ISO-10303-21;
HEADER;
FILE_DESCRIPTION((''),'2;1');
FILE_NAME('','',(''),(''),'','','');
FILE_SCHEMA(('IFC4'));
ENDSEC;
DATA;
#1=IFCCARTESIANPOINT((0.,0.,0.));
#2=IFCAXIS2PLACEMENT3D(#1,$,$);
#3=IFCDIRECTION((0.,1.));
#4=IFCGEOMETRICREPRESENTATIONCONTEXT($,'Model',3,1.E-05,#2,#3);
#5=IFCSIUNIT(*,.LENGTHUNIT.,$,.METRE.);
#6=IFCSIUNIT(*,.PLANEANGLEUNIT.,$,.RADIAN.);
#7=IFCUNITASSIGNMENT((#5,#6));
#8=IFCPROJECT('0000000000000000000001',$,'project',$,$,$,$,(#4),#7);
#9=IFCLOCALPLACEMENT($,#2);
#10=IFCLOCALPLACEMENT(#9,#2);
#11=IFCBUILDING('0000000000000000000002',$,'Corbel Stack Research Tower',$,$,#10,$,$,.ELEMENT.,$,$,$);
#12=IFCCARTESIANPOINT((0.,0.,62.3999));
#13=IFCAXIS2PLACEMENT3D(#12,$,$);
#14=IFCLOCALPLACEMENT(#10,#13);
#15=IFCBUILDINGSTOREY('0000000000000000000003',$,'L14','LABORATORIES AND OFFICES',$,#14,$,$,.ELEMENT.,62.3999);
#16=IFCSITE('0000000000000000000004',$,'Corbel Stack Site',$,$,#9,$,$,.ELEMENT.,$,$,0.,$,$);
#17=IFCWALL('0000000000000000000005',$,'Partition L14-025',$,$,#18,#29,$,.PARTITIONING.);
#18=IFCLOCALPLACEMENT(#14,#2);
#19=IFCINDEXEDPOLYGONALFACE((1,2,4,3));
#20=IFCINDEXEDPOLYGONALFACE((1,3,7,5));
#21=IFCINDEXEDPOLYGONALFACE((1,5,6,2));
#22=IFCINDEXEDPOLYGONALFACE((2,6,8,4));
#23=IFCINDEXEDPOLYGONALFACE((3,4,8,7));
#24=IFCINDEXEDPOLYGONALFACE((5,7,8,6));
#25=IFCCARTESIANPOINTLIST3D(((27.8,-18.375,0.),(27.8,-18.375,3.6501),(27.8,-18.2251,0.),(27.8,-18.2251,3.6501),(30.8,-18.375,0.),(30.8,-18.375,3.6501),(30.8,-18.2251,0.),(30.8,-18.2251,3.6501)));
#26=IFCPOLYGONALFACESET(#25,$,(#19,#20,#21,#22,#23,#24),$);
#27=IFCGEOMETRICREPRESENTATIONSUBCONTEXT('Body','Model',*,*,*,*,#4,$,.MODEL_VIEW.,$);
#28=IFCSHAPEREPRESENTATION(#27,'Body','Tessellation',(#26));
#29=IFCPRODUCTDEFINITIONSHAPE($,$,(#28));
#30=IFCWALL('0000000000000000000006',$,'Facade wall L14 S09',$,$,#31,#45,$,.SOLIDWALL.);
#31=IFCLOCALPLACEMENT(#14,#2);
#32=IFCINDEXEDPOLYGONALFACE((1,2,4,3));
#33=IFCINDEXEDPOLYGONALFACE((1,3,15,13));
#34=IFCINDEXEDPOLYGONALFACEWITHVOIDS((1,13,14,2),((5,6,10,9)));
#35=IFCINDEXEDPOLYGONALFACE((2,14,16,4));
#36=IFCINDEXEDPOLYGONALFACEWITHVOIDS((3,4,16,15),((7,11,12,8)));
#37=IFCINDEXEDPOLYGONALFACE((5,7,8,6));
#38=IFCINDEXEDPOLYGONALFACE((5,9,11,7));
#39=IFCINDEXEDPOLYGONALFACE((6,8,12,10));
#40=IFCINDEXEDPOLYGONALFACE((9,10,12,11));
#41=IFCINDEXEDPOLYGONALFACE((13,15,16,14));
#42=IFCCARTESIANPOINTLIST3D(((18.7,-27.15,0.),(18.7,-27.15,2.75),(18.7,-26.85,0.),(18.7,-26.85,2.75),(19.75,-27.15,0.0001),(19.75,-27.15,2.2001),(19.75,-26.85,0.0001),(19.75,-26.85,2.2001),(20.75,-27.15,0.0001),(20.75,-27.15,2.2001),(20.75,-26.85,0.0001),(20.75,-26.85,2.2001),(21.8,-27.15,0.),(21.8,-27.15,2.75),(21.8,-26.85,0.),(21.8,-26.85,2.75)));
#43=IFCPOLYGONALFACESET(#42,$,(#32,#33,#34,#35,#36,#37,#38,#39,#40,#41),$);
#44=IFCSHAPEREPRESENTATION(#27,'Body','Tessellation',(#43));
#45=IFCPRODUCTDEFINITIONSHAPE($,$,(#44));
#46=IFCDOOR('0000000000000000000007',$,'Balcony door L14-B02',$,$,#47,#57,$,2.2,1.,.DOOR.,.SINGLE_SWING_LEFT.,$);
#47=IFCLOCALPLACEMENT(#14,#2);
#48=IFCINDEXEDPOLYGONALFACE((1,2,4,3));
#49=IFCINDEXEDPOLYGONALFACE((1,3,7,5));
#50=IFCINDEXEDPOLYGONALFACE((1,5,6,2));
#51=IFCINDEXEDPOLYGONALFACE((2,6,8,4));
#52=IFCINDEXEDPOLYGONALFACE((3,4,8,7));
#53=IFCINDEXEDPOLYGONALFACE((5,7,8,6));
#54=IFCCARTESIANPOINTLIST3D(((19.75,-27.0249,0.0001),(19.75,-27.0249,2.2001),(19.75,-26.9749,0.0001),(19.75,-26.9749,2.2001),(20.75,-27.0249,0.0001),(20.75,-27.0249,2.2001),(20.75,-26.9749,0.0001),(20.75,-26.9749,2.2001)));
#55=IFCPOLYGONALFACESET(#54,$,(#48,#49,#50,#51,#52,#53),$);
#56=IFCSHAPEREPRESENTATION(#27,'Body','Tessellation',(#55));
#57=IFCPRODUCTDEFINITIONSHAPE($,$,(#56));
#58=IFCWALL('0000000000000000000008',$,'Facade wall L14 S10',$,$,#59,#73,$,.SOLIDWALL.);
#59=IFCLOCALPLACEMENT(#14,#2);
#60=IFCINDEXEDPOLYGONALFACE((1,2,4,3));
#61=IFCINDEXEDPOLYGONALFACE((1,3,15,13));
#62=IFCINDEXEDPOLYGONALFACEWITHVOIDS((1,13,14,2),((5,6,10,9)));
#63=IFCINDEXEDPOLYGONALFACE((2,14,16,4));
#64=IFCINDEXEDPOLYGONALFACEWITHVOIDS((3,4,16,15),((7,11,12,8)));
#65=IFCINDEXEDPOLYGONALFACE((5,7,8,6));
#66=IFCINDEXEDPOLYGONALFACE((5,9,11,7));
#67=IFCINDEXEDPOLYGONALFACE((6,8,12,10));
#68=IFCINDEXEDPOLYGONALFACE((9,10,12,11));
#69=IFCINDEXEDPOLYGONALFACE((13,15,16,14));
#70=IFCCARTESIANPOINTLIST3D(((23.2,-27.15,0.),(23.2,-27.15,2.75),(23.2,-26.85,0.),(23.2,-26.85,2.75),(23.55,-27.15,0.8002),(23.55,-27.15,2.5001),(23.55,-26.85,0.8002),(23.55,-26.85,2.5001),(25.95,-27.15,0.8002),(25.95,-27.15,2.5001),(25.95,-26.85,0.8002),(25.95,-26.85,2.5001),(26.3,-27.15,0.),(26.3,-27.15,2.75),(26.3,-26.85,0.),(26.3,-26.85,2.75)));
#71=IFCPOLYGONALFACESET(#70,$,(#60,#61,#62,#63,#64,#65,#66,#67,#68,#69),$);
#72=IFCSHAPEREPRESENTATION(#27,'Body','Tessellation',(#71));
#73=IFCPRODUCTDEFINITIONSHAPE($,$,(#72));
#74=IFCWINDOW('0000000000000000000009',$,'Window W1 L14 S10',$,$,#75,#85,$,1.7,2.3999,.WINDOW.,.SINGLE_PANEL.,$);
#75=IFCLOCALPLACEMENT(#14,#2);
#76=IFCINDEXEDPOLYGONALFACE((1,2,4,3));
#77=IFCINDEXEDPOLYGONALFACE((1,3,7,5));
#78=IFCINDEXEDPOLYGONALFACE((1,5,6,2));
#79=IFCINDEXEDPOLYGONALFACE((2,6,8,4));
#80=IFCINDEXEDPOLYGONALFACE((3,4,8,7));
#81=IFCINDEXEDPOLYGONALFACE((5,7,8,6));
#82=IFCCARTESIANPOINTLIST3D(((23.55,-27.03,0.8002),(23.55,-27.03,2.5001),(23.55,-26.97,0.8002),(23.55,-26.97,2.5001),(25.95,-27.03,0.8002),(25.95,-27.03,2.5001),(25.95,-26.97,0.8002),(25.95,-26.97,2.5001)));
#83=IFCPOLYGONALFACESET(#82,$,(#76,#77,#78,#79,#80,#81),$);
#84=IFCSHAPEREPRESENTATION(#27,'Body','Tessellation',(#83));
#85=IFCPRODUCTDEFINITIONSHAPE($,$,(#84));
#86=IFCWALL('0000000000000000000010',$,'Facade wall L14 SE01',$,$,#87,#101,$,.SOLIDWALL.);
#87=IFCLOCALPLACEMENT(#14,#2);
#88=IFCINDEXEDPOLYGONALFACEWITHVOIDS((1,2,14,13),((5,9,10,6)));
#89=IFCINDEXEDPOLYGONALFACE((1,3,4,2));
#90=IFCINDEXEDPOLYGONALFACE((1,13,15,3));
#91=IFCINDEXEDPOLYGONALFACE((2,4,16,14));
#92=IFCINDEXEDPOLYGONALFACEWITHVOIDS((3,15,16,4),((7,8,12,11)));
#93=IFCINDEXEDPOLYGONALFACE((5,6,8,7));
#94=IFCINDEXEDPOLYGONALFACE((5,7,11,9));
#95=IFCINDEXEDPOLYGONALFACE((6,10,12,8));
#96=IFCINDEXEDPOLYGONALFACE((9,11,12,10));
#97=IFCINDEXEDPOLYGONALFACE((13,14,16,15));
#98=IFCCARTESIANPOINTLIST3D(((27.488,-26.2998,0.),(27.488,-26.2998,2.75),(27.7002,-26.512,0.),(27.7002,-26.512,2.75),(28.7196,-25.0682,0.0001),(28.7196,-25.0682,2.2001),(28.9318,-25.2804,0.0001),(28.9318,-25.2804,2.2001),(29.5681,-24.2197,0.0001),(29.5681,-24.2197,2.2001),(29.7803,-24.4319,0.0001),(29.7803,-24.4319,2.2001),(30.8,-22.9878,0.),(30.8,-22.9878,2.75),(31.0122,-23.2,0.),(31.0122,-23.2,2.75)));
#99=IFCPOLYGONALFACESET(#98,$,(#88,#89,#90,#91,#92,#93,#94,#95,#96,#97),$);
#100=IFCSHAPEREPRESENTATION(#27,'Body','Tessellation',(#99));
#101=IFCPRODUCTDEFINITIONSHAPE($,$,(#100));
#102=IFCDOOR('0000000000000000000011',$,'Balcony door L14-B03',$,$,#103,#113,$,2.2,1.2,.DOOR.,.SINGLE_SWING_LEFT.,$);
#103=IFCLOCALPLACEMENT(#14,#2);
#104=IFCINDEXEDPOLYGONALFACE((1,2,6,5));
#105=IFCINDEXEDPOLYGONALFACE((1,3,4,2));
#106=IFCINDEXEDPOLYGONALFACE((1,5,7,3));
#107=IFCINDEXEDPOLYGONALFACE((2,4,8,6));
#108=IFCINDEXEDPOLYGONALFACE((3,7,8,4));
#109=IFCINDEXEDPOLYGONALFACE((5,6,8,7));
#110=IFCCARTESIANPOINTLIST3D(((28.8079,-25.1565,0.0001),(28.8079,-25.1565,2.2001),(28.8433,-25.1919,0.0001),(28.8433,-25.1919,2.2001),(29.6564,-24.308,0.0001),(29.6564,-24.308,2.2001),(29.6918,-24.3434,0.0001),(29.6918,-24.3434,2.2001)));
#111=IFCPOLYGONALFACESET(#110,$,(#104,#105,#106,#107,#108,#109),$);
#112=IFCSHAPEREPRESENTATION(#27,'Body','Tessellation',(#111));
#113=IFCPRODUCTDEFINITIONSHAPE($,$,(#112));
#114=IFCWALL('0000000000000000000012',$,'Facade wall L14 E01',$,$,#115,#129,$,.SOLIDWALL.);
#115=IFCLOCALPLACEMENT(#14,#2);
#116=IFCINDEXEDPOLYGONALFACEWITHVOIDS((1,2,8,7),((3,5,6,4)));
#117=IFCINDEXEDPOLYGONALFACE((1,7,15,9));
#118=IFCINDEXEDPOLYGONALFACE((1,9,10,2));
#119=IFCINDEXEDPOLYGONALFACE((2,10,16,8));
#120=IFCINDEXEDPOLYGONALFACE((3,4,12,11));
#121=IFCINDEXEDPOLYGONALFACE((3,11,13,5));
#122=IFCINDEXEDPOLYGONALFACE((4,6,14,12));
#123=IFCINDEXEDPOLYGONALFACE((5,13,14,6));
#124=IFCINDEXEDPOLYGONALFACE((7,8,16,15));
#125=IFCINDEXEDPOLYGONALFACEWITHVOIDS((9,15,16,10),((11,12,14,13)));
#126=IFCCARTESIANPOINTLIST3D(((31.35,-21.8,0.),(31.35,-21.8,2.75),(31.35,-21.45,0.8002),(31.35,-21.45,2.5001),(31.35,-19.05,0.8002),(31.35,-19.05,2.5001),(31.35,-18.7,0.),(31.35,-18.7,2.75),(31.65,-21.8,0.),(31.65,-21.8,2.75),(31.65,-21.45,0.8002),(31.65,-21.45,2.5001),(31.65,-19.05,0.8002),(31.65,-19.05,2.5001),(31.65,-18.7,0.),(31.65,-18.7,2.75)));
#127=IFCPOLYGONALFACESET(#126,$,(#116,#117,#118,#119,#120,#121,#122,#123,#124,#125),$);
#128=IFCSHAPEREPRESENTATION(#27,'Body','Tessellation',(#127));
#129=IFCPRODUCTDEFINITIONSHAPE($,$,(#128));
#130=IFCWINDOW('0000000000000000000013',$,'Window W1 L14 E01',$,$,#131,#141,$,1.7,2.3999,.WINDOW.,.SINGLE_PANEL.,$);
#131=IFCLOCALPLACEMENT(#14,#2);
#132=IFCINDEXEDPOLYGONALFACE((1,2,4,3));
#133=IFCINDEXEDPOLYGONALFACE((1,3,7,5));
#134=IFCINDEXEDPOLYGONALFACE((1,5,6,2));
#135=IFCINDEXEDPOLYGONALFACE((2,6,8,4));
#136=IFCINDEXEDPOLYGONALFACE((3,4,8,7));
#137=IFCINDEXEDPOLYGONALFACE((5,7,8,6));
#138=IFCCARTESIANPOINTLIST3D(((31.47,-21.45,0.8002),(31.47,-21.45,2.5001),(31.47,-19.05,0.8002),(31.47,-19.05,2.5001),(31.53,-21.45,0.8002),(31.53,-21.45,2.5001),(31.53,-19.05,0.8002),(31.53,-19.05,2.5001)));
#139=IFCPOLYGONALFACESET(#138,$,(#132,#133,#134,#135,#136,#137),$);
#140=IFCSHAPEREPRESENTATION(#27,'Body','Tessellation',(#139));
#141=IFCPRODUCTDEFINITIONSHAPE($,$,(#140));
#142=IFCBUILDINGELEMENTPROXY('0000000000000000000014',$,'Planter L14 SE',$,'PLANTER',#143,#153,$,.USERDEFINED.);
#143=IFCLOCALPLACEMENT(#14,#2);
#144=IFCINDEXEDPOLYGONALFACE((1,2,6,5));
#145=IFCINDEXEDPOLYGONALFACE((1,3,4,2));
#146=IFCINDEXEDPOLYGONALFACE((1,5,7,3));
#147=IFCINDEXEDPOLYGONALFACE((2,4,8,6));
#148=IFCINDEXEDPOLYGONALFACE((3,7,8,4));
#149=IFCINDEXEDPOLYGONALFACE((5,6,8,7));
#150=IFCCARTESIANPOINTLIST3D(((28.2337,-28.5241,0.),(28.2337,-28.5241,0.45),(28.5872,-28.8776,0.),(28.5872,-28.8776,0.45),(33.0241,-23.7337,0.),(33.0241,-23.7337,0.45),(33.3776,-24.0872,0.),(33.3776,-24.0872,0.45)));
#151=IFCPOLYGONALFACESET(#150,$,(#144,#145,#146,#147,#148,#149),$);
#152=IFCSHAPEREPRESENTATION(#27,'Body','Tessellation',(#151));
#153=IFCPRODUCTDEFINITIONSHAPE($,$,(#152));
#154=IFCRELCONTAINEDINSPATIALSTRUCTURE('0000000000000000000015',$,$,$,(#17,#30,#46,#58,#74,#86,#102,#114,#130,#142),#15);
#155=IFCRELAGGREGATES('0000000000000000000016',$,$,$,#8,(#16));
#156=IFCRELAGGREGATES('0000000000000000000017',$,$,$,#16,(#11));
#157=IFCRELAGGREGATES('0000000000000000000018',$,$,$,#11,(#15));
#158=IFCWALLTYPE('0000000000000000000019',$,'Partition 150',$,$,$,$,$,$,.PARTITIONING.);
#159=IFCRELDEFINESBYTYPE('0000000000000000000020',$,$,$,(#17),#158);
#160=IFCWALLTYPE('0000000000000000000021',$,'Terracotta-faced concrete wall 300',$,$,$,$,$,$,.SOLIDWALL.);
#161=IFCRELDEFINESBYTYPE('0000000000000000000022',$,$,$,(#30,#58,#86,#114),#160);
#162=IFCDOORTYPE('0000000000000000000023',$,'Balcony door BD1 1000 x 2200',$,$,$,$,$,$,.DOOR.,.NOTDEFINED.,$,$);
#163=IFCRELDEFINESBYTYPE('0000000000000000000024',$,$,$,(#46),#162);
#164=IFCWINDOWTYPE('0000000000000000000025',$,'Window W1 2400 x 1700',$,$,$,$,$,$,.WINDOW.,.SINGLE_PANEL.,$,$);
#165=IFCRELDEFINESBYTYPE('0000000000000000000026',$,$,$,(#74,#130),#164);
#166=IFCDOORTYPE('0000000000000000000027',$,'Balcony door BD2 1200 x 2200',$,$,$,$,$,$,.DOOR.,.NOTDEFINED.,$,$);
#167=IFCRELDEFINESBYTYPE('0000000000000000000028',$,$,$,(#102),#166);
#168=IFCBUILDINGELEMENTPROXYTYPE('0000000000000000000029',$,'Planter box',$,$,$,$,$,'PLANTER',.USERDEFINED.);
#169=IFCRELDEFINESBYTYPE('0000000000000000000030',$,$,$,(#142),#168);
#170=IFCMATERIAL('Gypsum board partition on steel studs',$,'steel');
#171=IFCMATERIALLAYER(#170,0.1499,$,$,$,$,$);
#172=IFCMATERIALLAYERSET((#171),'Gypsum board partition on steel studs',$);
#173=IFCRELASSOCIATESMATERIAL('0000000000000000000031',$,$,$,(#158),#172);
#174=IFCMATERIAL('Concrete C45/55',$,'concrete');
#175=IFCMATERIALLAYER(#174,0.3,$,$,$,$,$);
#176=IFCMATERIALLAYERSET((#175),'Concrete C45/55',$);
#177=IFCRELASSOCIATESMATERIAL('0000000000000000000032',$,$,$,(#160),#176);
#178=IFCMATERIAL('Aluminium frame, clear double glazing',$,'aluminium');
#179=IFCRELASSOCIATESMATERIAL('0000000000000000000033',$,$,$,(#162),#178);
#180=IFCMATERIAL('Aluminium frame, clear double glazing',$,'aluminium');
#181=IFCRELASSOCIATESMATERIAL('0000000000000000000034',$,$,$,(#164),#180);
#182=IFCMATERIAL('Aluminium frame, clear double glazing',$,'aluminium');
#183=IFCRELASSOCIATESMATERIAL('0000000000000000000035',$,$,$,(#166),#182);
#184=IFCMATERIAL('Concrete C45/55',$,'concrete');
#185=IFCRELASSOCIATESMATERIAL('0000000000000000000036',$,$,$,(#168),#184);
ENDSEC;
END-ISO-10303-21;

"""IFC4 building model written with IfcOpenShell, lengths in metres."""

from ifc_helpers import new_model, si_unit, direction, frame, frame_2d, origin, origin_2d, place, context, subcontext, project, spatial, rectangle, extrude, material, layer, layer_set, type_object, element, fill, save


model = new_model("IFC4")

# Units and contexts
model_context = context("Model", 3, precision=1e-05, world=origin(), true_north=direction((0.0, 1.0)))
body_context = subcontext(model_context, "Body", "Model", "MODEL_VIEW")
ifc_project = project(units=[si_unit("LENGTHUNIT", "METRE"), si_unit("PLANEANGLEUNIT", "RADIAN")], contexts=[model_context])

# Site, building, storey
site_placement = place(None, origin())
site = spatial("IfcSite", under=ifc_project, at=site_placement, Name="Corbel Stack Site", CompositionType="ELEMENT", RefElevation=0.0)
building_placement = place(site_placement, origin())
building = spatial("IfcBuilding", under=site, at=building_placement, Name="Corbel Stack Research Tower", CompositionType="ELEMENT")
storey_placement = place(building_placement, frame((0.0, 0.0, 62.3999)))
storey = spatial("IfcBuildingStorey", under=building, at=storey_placement, Name="L14", Description="LABORATORIES AND OFFICES", CompositionType="ELEMENT", Elevation=62.3999)

# Shared definitions
ifc_material_1 = material(Name="Gypsum board partition on steel studs", Category="steel")
ifc_layer_1 = layer(ifc_material_1, 0.1499)
ifc_layer_set_1 = layer_set([ifc_layer_1], Name="Gypsum board partition on steel studs")
wall_type_1 = type_object("IfcWallType", Name="Partition 150", PredefinedType="PARTITIONING", material=ifc_layer_set_1)

# Wall
wall_1_placement = place(storey_placement, frame((27.8, -18.3, 0.0), z_axis=(0.0, 0.0, 1.0), x_axis=(1.0, 0.0, 0.0)))
element("IfcWall", 1, at=wall_1_placement, inside=storey, type_object=wall_type_1, Name="Partition L14-025", PredefinedType="PARTITIONING", context=body_context, shape_type="SweptSolid", body=[
    extrude(rectangle(XDim=3.0, YDim=0.1499, at=frame_2d((1.5, 0.0))), origin(), (0.0, 0.0, 1.0), 3.6501),
])

# Wall, opening, door
ifc_material_2 = material(Name="Concrete C45/55", Category="concrete")
ifc_layer_2 = layer(ifc_material_2, 0.3)
ifc_layer_set_2 = layer_set([ifc_layer_2], Name="Concrete C45/55")
wall_type_2 = type_object("IfcWallType", Name="Terracotta-faced concrete wall 300", PredefinedType="SOLIDWALL", material=ifc_layer_set_2)
wall_2_placement = place(storey_placement, frame((21.8, -27.0, 0.0), z_axis=(0.0, 0.0, 1.0), x_axis=(-1.0, 0.0, 0.0)))
wall_2 = element("IfcWall", 2, at=wall_2_placement, inside=storey, type_object=wall_type_2, Name="Facade wall L14 S09", PredefinedType="SOLIDWALL", context=body_context, shape_type="SweptSolid", body=[
    extrude(rectangle(XDim=3.1001, YDim=0.3, at=frame_2d((1.55, 0.0))), origin(), (0.0, 0.0, 1.0), 2.75),
])
opening_1_placement = place(wall_2_placement, frame((1.05, 0.0, 0.0)))
opening_1 = element("IfcOpeningElement", 3, at=opening_1_placement, cuts=wall_2, PredefinedType="OPENING", context=body_context, shape_type="SweptSolid", body=[
    extrude(rectangle(XDim=1.0, YDim=2.2, at=frame_2d((0.5, 1.1001))), frame((0.0, 0.1599, 0.0), z_axis=(0.0, -1.0, 0.0), x_axis=(1.0, 0.0, 0.0)), (0.0, 0.0, 1.0), 0.3201),
])
ifc_material_3 = material(Name="Aluminium frame, clear double glazing", Category="aluminium")
door_type_1 = type_object("IfcDoorType", Name="Balcony door BD1 1000 x 2200", OperationType="NOTDEFINED", PredefinedType="DOOR", material=ifc_material_3)
door_1_placement = place(opening_1_placement, origin())
door_1 = element("IfcDoor", 4, at=door_1_placement, inside=storey, type_object=door_type_1, Name="Balcony door L14-B02", OperationType="SINGLE_SWING_LEFT", OverallHeight=2.2, OverallWidth=1.0, PredefinedType="DOOR", context=body_context, shape_type="SweptSolid", body=[
    extrude(rectangle(XDim=1.0, YDim=2.2, at=frame_2d((0.5, 1.1001))), frame((0.0, 0.0249, 0.0), z_axis=(0.0, -1.0, 0.0), x_axis=(1.0, 0.0, 0.0)), (0.0, 0.0, 1.0), 0.05),
])
fill(opening_1, door_1)

# Wall, opening, window
wall_3_placement = place(storey_placement, frame((26.3, -27.0, 0.0), z_axis=(0.0, 0.0, 1.0), x_axis=(-1.0, 0.0, 0.0)))
wall_3 = element("IfcWall", 5, at=wall_3_placement, inside=storey, type_object=wall_type_2, Name="Facade wall L14 S10", PredefinedType="SOLIDWALL", context=body_context, shape_type="SweptSolid", body=[
    extrude(rectangle(XDim=3.1001, YDim=0.3, at=frame_2d((1.55, 0.0))), origin(), (0.0, 0.0, 1.0), 2.75),
])
opening_2_placement = place(wall_3_placement, frame((0.3501, 0.0, 0.8)))
opening_2 = element("IfcOpeningElement", 6, at=opening_2_placement, cuts=wall_3, PredefinedType="OPENING", context=body_context, shape_type="SweptSolid", body=[
    extrude(rectangle(XDim=2.3999, YDim=1.7, at=frame_2d((1.2, 0.8501))), frame((0.0, 0.1599, 0.0), z_axis=(0.0, -1.0, 0.0), x_axis=(1.0, 0.0, 0.0)), (0.0, 0.0, 1.0), 0.3201),
])
ifc_material_4 = material(Name="Aluminium frame, clear double glazing", Category="aluminium")
window_type = type_object("IfcWindowType", Name="Window W1 2400 x 1700", PartitioningType="SINGLE_PANEL", PredefinedType="WINDOW", material=ifc_material_4)
window_1_placement = place(opening_2_placement, origin())
window_1 = element("IfcWindow", 7, at=window_1_placement, inside=storey, type_object=window_type, Name="Window W1 L14 S10", OverallHeight=1.7, OverallWidth=2.3999, PartitioningType="SINGLE_PANEL", PredefinedType="WINDOW", context=body_context, shape_type="SweptSolid", body=[
    extrude(rectangle(XDim=2.3999, YDim=1.7, at=frame_2d((1.2, 0.8501))), frame((0.0, 0.03, 0.0), z_axis=(0.0, -1.0, 0.0), x_axis=(1.0, 0.0, 0.0)), (0.0, 0.0, 1.0), 0.0601),
])
fill(opening_2, window_1)

# Wall, opening, door
wall_4_placement = place(storey_placement, frame((30.906, -23.094, 0.0), z_axis=(0.0, 0.0, 1.0), x_axis=(-0.707107, -0.707107, 0.0)))
wall_4 = element("IfcWall", 8, at=wall_4_placement, inside=storey, type_object=wall_type_2, Name="Facade wall L14 SE01", PredefinedType="SOLIDWALL", context=body_context, shape_type="SweptSolid", body=[
    extrude(rectangle(XDim=4.6838, YDim=0.3, at=frame_2d((2.3418, 0.0))), origin(), (0.0, 0.0, 1.0), 2.75),
])
opening_3_placement = place(wall_4_placement, frame((1.7419, 0.0, 0.0)))
opening_3 = element("IfcOpeningElement", 9, at=opening_3_placement, cuts=wall_4, PredefinedType="OPENING", context=body_context, shape_type="SweptSolid", body=[
    extrude(rectangle(XDim=1.2, YDim=2.2, at=frame_2d((0.6001, 1.1001))), frame((0.0, 0.1599, 0.0), z_axis=(0.0, -1.0, 0.0), x_axis=(1.0, 0.0, 0.0)), (0.0, 0.0, 1.0), 0.3201),
])
ifc_material_5 = material(Name="Aluminium frame, clear double glazing", Category="aluminium")
door_type_2 = type_object("IfcDoorType", Name="Balcony door BD2 1200 x 2200", OperationType="NOTDEFINED", PredefinedType="DOOR", material=ifc_material_5)
door_2_placement = place(opening_3_placement, origin())
door_2 = element("IfcDoor", 10, at=door_2_placement, inside=storey, type_object=door_type_2, Name="Balcony door L14-B03", OperationType="SINGLE_SWING_LEFT", OverallHeight=2.2, OverallWidth=1.2, PredefinedType="DOOR", context=body_context, shape_type="SweptSolid", body=[
    extrude(rectangle(XDim=1.2, YDim=2.2, at=frame_2d((0.6001, 1.1001))), frame((0.0, 0.0249, 0.0), z_axis=(0.0, -1.0, 0.0), x_axis=(1.0, 0.0, 0.0)), (0.0, 0.0, 1.0), 0.05),
])
fill(opening_3, door_2)

# Wall, opening, window
wall_5_placement = place(storey_placement, frame((31.5, -18.7, 0.0), z_axis=(0.0, 0.0, 1.0), x_axis=(0.0, -1.0, 0.0)))
wall_5 = element("IfcWall", 11, at=wall_5_placement, inside=storey, type_object=wall_type_2, Name="Facade wall L14 E01", PredefinedType="SOLIDWALL", context=body_context, shape_type="SweptSolid", body=[
    extrude(rectangle(XDim=3.1001, YDim=0.3, at=frame_2d((1.55, 0.0))), origin(), (0.0, 0.0, 1.0), 2.75),
])
opening_4_placement = place(wall_5_placement, frame((0.3501, 0.0, 0.8)))
opening_4 = element("IfcOpeningElement", 12, at=opening_4_placement, cuts=wall_5, PredefinedType="OPENING", context=body_context, shape_type="SweptSolid", body=[
    extrude(rectangle(XDim=2.3999, YDim=1.7, at=frame_2d((1.2, 0.8501))), frame((0.0, 0.1599, 0.0), z_axis=(0.0, -1.0, 0.0), x_axis=(1.0, 0.0, 0.0)), (0.0, 0.0, 1.0), 0.3201),
])
window_2_placement = place(opening_4_placement, origin())
window_2 = element("IfcWindow", 13, at=window_2_placement, inside=storey, type_object=window_type, Name="Window W1 L14 E01", OverallHeight=1.7, OverallWidth=2.3999, PartitioningType="SINGLE_PANEL", PredefinedType="WINDOW", context=body_context, shape_type="SweptSolid", body=[
    extrude(rectangle(XDim=2.3999, YDim=1.7, at=frame_2d((1.2, 0.8501))), frame((0.0, 0.03, 0.0), z_axis=(0.0, -1.0, 0.0), x_axis=(1.0, 0.0, 0.0)), (0.0, 0.0, 1.0), 0.0601),
])
fill(opening_4, window_2)

# Building element proxy
ifc_material_6 = material(Name="Concrete C45/55", Category="concrete")
building_element_proxy_type = type_object("IfcBuildingElementProxyType", Name="Planter box", ElementType="PLANTER", PredefinedType="USERDEFINED", material=ifc_material_6)
proxy_placement = place(storey_placement, frame((30.8057, -26.3057, 0.0), z_axis=(0.0, 0.0, 1.0), x_axis=(0.707107, 0.707107, 0.0)))
element("IfcBuildingElementProxy", 14, at=proxy_placement, inside=storey, type_object=building_element_proxy_type, Name="Planter L14 SE", ObjectType="PLANTER", PredefinedType="USERDEFINED", context=body_context, shape_type="SweptSolid", body=[
    extrude(rectangle(XDim=6.7747, YDim=0.5, at=origin_2d()), origin(), (0.0, 0.0, 1.0), 0.45),
])

save(model, "model.ifc")
